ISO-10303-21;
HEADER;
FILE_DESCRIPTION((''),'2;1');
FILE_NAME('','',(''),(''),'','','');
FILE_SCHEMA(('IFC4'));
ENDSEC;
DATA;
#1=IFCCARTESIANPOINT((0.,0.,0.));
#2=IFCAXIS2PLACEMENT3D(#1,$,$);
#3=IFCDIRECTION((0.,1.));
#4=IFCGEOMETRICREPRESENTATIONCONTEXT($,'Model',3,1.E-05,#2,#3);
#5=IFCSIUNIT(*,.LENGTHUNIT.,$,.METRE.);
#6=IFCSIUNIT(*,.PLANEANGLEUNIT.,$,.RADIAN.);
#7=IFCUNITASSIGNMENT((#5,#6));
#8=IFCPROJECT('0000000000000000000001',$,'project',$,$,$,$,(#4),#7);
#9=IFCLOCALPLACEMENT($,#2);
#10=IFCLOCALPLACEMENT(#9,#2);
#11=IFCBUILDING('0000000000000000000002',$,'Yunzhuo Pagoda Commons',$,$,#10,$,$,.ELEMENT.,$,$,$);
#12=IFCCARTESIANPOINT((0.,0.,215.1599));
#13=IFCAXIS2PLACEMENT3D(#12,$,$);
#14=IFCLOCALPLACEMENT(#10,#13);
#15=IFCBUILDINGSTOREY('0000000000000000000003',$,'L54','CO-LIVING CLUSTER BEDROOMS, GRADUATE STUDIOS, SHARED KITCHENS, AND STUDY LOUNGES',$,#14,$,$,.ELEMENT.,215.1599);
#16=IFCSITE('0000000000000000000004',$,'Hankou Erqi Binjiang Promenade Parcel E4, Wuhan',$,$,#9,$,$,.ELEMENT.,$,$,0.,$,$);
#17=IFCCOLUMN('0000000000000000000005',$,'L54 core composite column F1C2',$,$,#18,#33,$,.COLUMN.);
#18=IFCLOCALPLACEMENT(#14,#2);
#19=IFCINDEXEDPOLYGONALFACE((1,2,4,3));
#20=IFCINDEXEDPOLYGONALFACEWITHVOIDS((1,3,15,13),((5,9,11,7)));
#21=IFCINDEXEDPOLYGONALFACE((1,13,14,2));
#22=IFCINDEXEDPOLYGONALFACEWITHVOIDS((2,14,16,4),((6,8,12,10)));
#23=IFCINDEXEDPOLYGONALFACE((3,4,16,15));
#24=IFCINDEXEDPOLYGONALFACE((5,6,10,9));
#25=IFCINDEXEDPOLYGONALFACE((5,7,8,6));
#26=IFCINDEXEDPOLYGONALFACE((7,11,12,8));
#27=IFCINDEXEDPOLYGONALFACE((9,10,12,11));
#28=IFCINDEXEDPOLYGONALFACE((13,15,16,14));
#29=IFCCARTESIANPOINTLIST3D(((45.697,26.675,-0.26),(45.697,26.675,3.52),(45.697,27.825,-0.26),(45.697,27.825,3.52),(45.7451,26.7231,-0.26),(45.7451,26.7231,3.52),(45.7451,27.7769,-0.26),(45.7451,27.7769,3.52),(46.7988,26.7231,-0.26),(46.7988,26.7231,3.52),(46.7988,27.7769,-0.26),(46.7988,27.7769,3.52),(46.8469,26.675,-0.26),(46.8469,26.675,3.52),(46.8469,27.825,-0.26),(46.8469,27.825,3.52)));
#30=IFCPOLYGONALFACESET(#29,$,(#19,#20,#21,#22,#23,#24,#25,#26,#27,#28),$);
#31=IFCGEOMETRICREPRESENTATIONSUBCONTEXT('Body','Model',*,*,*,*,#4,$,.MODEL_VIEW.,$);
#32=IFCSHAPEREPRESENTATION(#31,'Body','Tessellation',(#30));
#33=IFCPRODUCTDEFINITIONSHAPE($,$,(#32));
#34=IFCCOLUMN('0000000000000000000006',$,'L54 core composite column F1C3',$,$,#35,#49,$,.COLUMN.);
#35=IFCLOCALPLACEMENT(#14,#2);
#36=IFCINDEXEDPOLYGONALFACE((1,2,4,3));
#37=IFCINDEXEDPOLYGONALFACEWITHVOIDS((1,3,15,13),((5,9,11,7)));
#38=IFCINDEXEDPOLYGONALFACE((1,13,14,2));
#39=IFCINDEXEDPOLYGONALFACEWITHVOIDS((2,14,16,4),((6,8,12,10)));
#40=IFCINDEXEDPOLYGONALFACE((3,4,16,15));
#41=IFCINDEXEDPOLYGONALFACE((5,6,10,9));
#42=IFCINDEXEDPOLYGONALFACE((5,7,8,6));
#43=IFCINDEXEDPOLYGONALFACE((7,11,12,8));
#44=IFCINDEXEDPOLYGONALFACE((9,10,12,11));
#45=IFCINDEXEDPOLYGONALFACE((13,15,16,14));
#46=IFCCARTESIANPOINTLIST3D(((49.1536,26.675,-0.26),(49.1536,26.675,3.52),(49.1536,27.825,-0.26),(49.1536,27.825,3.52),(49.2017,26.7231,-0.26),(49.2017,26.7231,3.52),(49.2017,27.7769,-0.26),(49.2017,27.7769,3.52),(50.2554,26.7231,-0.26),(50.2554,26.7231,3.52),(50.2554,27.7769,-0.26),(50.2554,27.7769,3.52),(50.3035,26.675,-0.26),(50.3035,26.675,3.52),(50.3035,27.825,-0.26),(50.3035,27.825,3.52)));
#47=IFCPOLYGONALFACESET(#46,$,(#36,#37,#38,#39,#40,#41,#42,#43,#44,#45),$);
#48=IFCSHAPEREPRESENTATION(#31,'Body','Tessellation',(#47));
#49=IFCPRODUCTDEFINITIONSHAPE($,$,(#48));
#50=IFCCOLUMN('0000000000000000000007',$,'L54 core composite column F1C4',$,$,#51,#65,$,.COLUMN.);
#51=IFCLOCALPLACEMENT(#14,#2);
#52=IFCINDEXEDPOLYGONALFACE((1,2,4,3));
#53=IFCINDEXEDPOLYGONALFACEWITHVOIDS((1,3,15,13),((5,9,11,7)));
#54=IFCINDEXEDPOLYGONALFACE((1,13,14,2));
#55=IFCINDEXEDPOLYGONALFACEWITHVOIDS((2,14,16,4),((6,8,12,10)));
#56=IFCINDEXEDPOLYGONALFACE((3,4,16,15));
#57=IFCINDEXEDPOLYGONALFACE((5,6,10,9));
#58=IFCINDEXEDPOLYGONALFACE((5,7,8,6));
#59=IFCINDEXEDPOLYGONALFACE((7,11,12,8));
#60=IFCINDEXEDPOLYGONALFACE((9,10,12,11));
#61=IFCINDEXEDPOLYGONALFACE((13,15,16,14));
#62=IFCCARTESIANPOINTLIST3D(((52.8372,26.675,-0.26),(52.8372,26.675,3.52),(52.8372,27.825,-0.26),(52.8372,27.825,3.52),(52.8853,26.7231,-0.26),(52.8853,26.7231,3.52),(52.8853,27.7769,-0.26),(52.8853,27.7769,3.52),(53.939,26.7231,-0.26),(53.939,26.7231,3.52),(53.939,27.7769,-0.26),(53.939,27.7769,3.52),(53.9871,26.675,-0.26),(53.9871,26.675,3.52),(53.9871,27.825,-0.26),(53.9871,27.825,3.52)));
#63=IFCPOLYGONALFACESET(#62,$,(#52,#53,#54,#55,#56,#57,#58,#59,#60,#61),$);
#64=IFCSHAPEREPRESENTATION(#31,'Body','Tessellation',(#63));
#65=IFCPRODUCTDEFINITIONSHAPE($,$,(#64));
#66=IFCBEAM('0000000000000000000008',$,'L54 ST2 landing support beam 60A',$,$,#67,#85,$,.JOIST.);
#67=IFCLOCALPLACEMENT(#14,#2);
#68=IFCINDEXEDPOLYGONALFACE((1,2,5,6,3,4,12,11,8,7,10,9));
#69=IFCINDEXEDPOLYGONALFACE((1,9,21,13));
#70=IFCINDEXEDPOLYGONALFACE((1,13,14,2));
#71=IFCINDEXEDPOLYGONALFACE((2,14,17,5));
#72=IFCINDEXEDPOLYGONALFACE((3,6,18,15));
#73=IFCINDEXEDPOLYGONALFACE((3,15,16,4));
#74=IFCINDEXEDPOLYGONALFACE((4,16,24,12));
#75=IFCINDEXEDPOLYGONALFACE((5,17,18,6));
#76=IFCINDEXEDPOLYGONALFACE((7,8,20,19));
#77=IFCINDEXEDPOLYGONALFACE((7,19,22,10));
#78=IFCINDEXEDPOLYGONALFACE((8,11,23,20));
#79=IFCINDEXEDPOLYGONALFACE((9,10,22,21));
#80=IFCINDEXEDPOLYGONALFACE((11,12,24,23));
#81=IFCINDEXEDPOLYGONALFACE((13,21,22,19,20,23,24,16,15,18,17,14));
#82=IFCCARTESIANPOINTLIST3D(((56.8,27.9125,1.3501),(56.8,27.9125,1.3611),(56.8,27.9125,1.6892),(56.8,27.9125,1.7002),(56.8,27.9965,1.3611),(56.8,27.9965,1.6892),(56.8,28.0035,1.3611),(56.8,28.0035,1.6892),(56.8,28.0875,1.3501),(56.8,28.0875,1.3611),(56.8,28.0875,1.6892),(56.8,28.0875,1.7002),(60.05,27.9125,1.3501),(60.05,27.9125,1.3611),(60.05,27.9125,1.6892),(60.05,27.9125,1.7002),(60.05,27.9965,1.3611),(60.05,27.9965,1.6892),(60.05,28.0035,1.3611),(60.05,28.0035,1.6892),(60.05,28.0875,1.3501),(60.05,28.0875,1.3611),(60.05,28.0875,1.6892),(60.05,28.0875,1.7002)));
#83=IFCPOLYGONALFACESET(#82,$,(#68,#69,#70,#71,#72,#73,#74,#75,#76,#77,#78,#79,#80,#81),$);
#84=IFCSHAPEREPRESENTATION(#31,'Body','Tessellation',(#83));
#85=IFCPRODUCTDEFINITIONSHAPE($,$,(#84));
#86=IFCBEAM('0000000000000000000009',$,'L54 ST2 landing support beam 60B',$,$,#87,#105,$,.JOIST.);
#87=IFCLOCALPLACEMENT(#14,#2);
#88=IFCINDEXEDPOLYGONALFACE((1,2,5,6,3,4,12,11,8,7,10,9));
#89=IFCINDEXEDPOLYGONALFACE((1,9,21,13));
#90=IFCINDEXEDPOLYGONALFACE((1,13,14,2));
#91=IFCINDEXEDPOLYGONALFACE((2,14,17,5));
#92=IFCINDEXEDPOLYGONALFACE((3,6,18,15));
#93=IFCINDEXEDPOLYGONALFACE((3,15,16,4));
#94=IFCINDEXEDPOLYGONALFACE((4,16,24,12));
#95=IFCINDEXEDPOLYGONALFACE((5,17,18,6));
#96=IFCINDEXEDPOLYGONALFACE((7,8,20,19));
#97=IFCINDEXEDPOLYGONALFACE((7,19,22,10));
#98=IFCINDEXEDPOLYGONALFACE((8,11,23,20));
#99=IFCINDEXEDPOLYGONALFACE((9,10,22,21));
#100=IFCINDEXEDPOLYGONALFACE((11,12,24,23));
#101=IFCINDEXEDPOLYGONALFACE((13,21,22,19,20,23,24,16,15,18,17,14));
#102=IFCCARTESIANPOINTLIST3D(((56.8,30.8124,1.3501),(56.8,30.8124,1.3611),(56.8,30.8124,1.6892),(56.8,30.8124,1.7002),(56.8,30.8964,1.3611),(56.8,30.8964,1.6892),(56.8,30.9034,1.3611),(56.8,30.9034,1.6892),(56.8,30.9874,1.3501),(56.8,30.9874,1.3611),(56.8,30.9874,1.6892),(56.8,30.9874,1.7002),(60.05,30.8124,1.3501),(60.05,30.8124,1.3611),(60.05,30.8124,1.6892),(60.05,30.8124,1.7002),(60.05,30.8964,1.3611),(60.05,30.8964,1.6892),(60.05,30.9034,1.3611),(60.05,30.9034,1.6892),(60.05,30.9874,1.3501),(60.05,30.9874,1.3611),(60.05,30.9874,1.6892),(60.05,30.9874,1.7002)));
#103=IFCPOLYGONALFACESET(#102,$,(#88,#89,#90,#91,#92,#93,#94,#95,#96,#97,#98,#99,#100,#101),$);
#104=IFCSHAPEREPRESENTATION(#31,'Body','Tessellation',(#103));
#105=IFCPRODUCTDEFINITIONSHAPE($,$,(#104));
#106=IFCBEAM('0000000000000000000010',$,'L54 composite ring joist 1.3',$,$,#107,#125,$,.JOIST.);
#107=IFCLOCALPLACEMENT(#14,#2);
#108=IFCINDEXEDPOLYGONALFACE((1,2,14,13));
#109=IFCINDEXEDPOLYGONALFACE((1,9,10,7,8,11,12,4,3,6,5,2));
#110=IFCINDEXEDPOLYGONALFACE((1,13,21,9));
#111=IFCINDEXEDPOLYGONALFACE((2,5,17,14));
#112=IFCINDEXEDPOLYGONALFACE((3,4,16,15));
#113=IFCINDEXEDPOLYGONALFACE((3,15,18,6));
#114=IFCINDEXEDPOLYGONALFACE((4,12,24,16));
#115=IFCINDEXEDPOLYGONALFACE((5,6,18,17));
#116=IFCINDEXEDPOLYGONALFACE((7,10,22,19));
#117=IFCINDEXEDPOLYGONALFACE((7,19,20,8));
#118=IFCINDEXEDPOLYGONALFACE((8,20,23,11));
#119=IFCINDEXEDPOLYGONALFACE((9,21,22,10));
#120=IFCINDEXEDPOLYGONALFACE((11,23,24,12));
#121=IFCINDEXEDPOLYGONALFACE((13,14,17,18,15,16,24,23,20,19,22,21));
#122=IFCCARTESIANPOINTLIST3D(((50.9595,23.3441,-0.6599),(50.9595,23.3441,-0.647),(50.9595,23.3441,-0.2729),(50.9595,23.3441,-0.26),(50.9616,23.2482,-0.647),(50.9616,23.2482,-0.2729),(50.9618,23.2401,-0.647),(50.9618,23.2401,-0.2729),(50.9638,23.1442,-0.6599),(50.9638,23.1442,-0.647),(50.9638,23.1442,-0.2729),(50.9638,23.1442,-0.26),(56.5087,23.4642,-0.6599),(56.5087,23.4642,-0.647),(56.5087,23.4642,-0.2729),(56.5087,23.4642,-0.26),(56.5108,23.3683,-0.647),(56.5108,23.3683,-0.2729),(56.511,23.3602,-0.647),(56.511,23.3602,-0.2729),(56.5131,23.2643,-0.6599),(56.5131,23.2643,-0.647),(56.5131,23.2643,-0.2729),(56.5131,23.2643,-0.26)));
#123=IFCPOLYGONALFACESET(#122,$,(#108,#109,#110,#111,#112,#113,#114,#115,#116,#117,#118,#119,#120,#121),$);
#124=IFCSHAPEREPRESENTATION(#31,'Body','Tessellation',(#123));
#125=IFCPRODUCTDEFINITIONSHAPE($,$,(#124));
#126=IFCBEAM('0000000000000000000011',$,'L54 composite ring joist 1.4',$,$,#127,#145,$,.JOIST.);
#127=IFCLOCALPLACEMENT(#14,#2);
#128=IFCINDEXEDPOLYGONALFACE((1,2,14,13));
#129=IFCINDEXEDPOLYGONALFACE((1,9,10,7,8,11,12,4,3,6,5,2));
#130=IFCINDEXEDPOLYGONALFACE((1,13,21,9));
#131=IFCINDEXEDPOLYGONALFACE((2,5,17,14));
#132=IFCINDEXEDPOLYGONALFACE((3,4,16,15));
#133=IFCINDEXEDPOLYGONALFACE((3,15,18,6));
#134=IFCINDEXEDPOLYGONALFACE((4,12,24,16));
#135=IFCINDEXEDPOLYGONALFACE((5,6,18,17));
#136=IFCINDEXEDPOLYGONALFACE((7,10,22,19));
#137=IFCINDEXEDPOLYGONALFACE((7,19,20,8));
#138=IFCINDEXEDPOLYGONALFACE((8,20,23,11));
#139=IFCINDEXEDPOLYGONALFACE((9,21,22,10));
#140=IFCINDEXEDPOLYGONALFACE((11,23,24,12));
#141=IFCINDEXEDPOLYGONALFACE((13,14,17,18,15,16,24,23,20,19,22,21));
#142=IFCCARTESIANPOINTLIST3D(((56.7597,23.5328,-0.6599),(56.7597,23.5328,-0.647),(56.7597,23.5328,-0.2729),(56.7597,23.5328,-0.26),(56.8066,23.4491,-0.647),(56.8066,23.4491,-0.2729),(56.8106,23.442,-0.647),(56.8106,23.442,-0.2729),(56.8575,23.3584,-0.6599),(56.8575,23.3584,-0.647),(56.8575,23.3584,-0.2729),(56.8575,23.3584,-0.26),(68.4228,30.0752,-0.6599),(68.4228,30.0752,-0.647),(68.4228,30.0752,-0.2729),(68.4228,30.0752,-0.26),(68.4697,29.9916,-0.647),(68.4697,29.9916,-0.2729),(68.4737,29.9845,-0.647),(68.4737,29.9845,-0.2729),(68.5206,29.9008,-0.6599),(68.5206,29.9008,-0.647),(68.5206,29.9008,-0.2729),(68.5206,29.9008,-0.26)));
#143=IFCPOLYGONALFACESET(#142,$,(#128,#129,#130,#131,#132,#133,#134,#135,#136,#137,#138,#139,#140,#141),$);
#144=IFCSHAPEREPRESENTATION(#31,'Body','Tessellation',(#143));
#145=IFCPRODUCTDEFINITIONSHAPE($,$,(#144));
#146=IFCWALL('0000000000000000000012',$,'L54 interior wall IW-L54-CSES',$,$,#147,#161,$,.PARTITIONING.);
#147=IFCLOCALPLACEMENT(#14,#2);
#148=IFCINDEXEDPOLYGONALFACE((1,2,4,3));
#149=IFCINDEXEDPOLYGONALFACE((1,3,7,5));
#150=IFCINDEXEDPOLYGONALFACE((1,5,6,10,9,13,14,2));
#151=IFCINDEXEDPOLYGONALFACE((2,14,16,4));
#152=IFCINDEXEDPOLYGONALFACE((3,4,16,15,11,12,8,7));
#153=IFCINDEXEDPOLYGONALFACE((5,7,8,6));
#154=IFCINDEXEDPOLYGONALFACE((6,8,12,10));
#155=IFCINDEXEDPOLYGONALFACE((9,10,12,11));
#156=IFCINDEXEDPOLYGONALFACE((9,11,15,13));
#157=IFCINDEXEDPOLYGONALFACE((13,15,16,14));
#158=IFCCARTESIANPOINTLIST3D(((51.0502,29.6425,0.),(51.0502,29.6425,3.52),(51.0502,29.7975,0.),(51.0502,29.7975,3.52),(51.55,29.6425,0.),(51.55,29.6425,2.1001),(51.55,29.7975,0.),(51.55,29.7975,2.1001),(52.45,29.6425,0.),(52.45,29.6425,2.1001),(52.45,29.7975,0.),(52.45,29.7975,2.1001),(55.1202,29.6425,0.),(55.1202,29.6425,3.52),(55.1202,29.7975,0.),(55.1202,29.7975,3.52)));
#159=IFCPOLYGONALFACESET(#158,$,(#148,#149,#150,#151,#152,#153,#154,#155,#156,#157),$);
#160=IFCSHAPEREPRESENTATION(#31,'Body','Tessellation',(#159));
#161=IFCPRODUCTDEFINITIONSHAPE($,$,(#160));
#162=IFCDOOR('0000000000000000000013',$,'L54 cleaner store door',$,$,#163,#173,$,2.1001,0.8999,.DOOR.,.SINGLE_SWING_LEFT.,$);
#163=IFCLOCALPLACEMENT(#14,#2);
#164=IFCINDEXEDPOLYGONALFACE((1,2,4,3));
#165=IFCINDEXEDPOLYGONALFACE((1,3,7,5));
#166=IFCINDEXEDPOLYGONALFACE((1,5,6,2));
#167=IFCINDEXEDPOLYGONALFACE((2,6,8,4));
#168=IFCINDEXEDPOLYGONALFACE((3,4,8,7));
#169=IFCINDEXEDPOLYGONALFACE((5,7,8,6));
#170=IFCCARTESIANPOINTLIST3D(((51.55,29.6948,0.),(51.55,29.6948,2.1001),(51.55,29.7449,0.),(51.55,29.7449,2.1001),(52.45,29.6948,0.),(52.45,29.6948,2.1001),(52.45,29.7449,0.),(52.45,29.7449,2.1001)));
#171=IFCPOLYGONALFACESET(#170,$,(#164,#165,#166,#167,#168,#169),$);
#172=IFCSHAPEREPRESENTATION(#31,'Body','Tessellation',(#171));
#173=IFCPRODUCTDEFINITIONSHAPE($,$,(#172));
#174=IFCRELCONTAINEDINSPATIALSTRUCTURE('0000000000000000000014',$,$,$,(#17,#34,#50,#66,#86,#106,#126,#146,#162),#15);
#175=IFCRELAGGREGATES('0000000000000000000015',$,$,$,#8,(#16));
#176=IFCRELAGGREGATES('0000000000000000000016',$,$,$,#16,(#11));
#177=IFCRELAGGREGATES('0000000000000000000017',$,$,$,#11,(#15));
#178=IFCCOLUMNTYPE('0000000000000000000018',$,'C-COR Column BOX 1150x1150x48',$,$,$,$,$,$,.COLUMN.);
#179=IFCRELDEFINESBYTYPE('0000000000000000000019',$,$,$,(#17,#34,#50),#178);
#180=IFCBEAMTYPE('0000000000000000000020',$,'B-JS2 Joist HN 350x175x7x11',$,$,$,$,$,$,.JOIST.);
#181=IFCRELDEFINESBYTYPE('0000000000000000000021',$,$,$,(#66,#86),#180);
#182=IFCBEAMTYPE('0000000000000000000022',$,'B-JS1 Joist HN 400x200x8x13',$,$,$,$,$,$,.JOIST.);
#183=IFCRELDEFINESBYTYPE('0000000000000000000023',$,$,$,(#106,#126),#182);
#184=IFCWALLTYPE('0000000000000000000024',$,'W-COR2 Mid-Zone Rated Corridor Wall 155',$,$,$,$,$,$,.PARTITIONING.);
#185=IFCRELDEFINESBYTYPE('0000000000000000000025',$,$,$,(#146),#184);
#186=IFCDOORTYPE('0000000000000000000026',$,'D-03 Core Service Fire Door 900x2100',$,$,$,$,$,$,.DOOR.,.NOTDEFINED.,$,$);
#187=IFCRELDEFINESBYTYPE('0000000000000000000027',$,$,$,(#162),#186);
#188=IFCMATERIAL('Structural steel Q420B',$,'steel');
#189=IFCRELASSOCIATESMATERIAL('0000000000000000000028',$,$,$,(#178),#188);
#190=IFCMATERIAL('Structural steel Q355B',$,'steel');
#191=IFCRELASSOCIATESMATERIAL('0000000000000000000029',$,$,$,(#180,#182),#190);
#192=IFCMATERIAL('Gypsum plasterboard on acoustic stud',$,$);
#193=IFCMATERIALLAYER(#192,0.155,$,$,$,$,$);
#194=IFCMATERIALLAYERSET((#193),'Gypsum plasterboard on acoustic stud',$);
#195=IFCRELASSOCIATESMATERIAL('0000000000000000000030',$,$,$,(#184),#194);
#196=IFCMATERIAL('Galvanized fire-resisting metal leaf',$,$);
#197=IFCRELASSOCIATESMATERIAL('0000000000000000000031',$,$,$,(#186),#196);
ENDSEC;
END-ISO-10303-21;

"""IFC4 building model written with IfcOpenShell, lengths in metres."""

from ifc_helpers import new_model, si_unit, direction, frame, frame_2d, origin, origin_with_axes, origin_2d, place, context, subcontext, project, spatial, rectangle, hollow_rectangle, i_section, extrude, source, transform, mapped, material, layer, layer_set, material_profile, profile_set, type_object, element, fill, save


model = new_model("IFC4")

# Units and contexts
model_context = context("Model", 3, precision=1e-05, world=origin(), true_north=direction((0.0, 1.0)))
body_context = subcontext(model_context, "Body", "Model", "MODEL_VIEW")
ifc_project = project(units=[si_unit("LENGTHUNIT", "METRE"), si_unit("PLANEANGLEUNIT", "RADIAN")], contexts=[model_context])

# Site, building, storey
site_placement = place(None, origin())
site = spatial("IfcSite", under=ifc_project, at=site_placement, Name="Hankou Erqi Binjiang Promenade Parcel E4, Wuhan", CompositionType="ELEMENT", RefElevation=0.0)
building_placement = place(site_placement, origin())
building = spatial("IfcBuilding", under=site, at=building_placement, Name="Yunzhuo Pagoda Commons", CompositionType="ELEMENT")
storey_placement = place(building_placement, frame((0.0, 0.0, 215.1599)))
storey = spatial("IfcBuildingStorey", under=building, at=storey_placement, Name="L54", Description="CO-LIVING CLUSTER BEDROOMS, GRADUATE STUDIOS, SHARED KITCHENS, AND STUDY LOUNGES", CompositionType="ELEMENT", Elevation=215.1599)

# Columns
ifc_material_1 = material(Name="Structural steel Q420B", Category="steel")
ifc_material_profile_1 = material_profile(ifc_material_1, hollow_rectangle(XDim=1.1499, YDim=1.1499, WallThickness=0.0481, at=origin_2d()), Name="Structural steel Q420B")
ifc_profile_set_1 = profile_set([ifc_material_profile_1], Name="Structural steel Q420B")
column_type = type_object("IfcColumnType", Name="C-COR Column BOX 1150x1150x48", PredefinedType="COLUMN", material=ifc_profile_set_1)
shared_shape_1 = source(origin(), body_context, "Body", "SweptSolid", [
    extrude(hollow_rectangle(XDim=1.1499, YDim=1.1499, WallThickness=0.0481, at=origin_2d()), origin(), (0.0, 0.0, 1.0), 3.78),
])
for number, where, z_axis, x_axis, name in (
    (1, (46.272, 27.25, -0.26), (0.0, 0.0, 1.0), (1.0, 0.0, 0.0), "L54 core composite column F1C2"),
    (2, (49.7285, 27.25, -0.26), (0.0, 0.0, 1.0), (1.0, 0.0, 0.0), "L54 core composite column F1C3"),
    (3, (53.4121, 27.25, -0.26), (0.0, 0.0, 1.0), (1.0, 0.0, 0.0), "L54 core composite column F1C4"),
):
    element("IfcColumn", number, at=place(storey_placement, frame(where, z_axis=z_axis, x_axis=x_axis)), inside=storey, type_object=column_type, Name=name, PredefinedType="COLUMN", context=body_context, shape_type="MappedRepresentation", body=[
        mapped(shared_shape_1, transform((0.0, 0.0, 0.0), scale=1.0)),
    ])

# Beams
ifc_material_2 = material(Name="Structural steel Q355B", Category="steel")
ifc_material_profile_2 = material_profile(ifc_material_2, i_section(OverallWidth=0.175, OverallDepth=0.3501, WebThickness=0.0071, FlangeThickness=0.011, at=origin_2d()), Name="Structural steel Q355B")
ifc_profile_set_2 = profile_set([ifc_material_profile_2], Name="Structural steel Q355B")
beam_type_1 = type_object("IfcBeamType", Name="B-JS2 Joist HN 350x175x7x11", PredefinedType="JOIST", material=ifc_profile_set_2)
shared_shape_2 = source(origin(), body_context, "Body", "SweptSolid", [
    extrude(i_section(OverallWidth=0.175, OverallDepth=0.3501, WebThickness=0.0071, FlangeThickness=0.011, at=origin_2d()), origin(), (0.0, 0.0, 1.0), 3.25),
])
for number, where, z_axis, x_axis, name in (
    (4, (56.8, 28.0, 1.5251), (1.0, 0.0, 0.0), (0.0, 1.0, 0.0), "L54 ST2 landing support beam 60A"),
    (5, (56.8, 30.8999, 1.5251), (1.0, 0.0, 0.0), (0.0, 1.0, 0.0), "L54 ST2 landing support beam 60B"),
):
    element("IfcBeam", number, at=place(storey_placement, frame(where, z_axis=z_axis, x_axis=x_axis)), inside=storey, type_object=beam_type_1, Name=name, PredefinedType="JOIST", context=body_context, shape_type="MappedRepresentation", body=[
        mapped(shared_shape_2, transform((0.0, 0.0, 0.0), scale=1.0)),
    ])
ifc_material_profile_3 = material_profile(ifc_material_2, i_section(OverallWidth=0.2, OverallDepth=0.3999, WebThickness=0.0081, FlangeThickness=0.0129, at=origin_2d()), Name="Structural steel Q355B")
ifc_profile_set_3 = profile_set([ifc_material_profile_3], Name="Structural steel Q355B")
beam_type_2 = type_object("IfcBeamType", Name="B-JS1 Joist HN 400x200x8x13", PredefinedType="JOIST", material=ifc_profile_set_3)
shared_shape_3 = source(origin(), body_context, "Body", "SweptSolid", [
    extrude(i_section(OverallWidth=0.2, OverallDepth=0.3999, WebThickness=0.0081, FlangeThickness=0.0129, at=origin_2d()), origin(), (0.0, 0.0, 1.0), 5.5505),
])
beam_1_placement = place(storey_placement, frame((50.9617, 23.2441, -0.46), z_axis=(0.999766, 0.02164, 0.0), x_axis=(-0.02164, 0.999766, 0.0)))
element("IfcBeam", 6, at=beam_1_placement, inside=storey, type_object=beam_type_2, Name="L54 composite ring joist 1.3", PredefinedType="JOIST", context=body_context, shape_type="MappedRepresentation", body=[
    mapped(shared_shape_3, transform((0.0, 0.0, 0.0), scale=1.0)),
])
shared_shape_4 = source(origin(), body_context, "Body", "SweptSolid", [
    extrude(i_section(OverallWidth=0.2, OverallDepth=0.3999, WebThickness=0.0081, FlangeThickness=0.0129, at=origin_2d()), origin(), (0.0, 0.0, 1.0), 13.3728),
])
beam_2_placement = place(storey_placement, frame((56.8086, 23.4456, -0.46), z_axis=(0.87215, 0.489238, 0.0), x_axis=(-0.489238, 0.87215, 0.0)))
element("IfcBeam", 7, at=beam_2_placement, inside=storey, type_object=beam_type_2, Name="L54 composite ring joist 1.4", PredefinedType="JOIST", context=body_context, shape_type="MappedRepresentation", body=[
    mapped(shared_shape_4, transform((0.0, 0.0, 0.0), scale=1.0)),
])

# Wall, opening, door
ifc_material_3 = material(Name="Gypsum plasterboard on acoustic stud")
ifc_layer_1 = layer(ifc_material_3, 0.155)
ifc_layer_set_1 = layer_set([ifc_layer_1], Name="Gypsum plasterboard on acoustic stud")
wall_type_1 = type_object("IfcWallType", Name="W-COR2 Mid-Zone Rated Corridor Wall 155", PredefinedType="PARTITIONING", material=ifc_layer_set_1)
wall_1_placement = place(storey_placement, frame((51.05, 29.72, 0.0), z_axis=(0.0, 0.0, 1.0), x_axis=(1.0, 0.0, 0.0)))
wall_1 = element("IfcWall", 8, at=wall_1_placement, inside=storey, type_object=wall_type_1, Name="L54 interior wall IW-L54-CSES", PredefinedType="PARTITIONING", context=body_context, shape_type="SweptSolid", body=[
    extrude(rectangle(XDim=4.0701, YDim=0.155, at=frame_2d((2.0352, 0.0))), origin(), (0.0, 0.0, 1.0), 3.52),
])
opening_1_placement = place(wall_1_placement, frame((0.5, 0.0, 0.0)))
opening_1 = element("IfcOpeningElement", 9, at=opening_1_placement, cuts=wall_1, PredefinedType="OPENING", context=body_context, shape_type="SweptSolid", body=[
    extrude(rectangle(XDim=0.8999, YDim=2.1001, at=frame_2d((0.45, 1.05))), frame((0.0, 0.0874, 0.0), z_axis=(0.0, -1.0, 0.0), x_axis=(1.0, 0.0, 0.0)), (0.0, 0.0, 1.0), 0.175),
])
ifc_material_4 = material(Name="Galvanized fire-resisting metal leaf")
door_type_1 = type_object("IfcDoorType", Name="D-03 Core Service Fire Door 900x2100", OperationType="NOTDEFINED", PredefinedType="DOOR", material=ifc_material_4)
shared_shape_5 = source(origin(), body_context, "Body", "SweptSolid", [
    extrude(rectangle(XDim=0.8999, YDim=2.1001, at=frame_2d((0.45, 1.05))), frame((0.0, 0.0249, 0.0), z_axis=(0.0, -1.0, 0.0), x_axis=(1.0, 0.0, 0.0)), (0.0, 0.0, 1.0), 0.05),
])
door_1_placement = place(opening_1_placement, origin_with_axes())
door_1 = element("IfcDoor", 10, at=door_1_placement, inside=storey, type_object=door_type_1, Name="L54 cleaner store door", OperationType="SINGLE_SWING_LEFT", OverallHeight=2.1001, OverallWidth=0.8999, PredefinedType="DOOR", context=body_context, shape_type="MappedRepresentation", body=[
    mapped(shared_shape_5, transform((0.0, 0.0, 0.0), scale=1.0)),
])
fill(opening_1, door_1)

save(model, "model.ifc")
